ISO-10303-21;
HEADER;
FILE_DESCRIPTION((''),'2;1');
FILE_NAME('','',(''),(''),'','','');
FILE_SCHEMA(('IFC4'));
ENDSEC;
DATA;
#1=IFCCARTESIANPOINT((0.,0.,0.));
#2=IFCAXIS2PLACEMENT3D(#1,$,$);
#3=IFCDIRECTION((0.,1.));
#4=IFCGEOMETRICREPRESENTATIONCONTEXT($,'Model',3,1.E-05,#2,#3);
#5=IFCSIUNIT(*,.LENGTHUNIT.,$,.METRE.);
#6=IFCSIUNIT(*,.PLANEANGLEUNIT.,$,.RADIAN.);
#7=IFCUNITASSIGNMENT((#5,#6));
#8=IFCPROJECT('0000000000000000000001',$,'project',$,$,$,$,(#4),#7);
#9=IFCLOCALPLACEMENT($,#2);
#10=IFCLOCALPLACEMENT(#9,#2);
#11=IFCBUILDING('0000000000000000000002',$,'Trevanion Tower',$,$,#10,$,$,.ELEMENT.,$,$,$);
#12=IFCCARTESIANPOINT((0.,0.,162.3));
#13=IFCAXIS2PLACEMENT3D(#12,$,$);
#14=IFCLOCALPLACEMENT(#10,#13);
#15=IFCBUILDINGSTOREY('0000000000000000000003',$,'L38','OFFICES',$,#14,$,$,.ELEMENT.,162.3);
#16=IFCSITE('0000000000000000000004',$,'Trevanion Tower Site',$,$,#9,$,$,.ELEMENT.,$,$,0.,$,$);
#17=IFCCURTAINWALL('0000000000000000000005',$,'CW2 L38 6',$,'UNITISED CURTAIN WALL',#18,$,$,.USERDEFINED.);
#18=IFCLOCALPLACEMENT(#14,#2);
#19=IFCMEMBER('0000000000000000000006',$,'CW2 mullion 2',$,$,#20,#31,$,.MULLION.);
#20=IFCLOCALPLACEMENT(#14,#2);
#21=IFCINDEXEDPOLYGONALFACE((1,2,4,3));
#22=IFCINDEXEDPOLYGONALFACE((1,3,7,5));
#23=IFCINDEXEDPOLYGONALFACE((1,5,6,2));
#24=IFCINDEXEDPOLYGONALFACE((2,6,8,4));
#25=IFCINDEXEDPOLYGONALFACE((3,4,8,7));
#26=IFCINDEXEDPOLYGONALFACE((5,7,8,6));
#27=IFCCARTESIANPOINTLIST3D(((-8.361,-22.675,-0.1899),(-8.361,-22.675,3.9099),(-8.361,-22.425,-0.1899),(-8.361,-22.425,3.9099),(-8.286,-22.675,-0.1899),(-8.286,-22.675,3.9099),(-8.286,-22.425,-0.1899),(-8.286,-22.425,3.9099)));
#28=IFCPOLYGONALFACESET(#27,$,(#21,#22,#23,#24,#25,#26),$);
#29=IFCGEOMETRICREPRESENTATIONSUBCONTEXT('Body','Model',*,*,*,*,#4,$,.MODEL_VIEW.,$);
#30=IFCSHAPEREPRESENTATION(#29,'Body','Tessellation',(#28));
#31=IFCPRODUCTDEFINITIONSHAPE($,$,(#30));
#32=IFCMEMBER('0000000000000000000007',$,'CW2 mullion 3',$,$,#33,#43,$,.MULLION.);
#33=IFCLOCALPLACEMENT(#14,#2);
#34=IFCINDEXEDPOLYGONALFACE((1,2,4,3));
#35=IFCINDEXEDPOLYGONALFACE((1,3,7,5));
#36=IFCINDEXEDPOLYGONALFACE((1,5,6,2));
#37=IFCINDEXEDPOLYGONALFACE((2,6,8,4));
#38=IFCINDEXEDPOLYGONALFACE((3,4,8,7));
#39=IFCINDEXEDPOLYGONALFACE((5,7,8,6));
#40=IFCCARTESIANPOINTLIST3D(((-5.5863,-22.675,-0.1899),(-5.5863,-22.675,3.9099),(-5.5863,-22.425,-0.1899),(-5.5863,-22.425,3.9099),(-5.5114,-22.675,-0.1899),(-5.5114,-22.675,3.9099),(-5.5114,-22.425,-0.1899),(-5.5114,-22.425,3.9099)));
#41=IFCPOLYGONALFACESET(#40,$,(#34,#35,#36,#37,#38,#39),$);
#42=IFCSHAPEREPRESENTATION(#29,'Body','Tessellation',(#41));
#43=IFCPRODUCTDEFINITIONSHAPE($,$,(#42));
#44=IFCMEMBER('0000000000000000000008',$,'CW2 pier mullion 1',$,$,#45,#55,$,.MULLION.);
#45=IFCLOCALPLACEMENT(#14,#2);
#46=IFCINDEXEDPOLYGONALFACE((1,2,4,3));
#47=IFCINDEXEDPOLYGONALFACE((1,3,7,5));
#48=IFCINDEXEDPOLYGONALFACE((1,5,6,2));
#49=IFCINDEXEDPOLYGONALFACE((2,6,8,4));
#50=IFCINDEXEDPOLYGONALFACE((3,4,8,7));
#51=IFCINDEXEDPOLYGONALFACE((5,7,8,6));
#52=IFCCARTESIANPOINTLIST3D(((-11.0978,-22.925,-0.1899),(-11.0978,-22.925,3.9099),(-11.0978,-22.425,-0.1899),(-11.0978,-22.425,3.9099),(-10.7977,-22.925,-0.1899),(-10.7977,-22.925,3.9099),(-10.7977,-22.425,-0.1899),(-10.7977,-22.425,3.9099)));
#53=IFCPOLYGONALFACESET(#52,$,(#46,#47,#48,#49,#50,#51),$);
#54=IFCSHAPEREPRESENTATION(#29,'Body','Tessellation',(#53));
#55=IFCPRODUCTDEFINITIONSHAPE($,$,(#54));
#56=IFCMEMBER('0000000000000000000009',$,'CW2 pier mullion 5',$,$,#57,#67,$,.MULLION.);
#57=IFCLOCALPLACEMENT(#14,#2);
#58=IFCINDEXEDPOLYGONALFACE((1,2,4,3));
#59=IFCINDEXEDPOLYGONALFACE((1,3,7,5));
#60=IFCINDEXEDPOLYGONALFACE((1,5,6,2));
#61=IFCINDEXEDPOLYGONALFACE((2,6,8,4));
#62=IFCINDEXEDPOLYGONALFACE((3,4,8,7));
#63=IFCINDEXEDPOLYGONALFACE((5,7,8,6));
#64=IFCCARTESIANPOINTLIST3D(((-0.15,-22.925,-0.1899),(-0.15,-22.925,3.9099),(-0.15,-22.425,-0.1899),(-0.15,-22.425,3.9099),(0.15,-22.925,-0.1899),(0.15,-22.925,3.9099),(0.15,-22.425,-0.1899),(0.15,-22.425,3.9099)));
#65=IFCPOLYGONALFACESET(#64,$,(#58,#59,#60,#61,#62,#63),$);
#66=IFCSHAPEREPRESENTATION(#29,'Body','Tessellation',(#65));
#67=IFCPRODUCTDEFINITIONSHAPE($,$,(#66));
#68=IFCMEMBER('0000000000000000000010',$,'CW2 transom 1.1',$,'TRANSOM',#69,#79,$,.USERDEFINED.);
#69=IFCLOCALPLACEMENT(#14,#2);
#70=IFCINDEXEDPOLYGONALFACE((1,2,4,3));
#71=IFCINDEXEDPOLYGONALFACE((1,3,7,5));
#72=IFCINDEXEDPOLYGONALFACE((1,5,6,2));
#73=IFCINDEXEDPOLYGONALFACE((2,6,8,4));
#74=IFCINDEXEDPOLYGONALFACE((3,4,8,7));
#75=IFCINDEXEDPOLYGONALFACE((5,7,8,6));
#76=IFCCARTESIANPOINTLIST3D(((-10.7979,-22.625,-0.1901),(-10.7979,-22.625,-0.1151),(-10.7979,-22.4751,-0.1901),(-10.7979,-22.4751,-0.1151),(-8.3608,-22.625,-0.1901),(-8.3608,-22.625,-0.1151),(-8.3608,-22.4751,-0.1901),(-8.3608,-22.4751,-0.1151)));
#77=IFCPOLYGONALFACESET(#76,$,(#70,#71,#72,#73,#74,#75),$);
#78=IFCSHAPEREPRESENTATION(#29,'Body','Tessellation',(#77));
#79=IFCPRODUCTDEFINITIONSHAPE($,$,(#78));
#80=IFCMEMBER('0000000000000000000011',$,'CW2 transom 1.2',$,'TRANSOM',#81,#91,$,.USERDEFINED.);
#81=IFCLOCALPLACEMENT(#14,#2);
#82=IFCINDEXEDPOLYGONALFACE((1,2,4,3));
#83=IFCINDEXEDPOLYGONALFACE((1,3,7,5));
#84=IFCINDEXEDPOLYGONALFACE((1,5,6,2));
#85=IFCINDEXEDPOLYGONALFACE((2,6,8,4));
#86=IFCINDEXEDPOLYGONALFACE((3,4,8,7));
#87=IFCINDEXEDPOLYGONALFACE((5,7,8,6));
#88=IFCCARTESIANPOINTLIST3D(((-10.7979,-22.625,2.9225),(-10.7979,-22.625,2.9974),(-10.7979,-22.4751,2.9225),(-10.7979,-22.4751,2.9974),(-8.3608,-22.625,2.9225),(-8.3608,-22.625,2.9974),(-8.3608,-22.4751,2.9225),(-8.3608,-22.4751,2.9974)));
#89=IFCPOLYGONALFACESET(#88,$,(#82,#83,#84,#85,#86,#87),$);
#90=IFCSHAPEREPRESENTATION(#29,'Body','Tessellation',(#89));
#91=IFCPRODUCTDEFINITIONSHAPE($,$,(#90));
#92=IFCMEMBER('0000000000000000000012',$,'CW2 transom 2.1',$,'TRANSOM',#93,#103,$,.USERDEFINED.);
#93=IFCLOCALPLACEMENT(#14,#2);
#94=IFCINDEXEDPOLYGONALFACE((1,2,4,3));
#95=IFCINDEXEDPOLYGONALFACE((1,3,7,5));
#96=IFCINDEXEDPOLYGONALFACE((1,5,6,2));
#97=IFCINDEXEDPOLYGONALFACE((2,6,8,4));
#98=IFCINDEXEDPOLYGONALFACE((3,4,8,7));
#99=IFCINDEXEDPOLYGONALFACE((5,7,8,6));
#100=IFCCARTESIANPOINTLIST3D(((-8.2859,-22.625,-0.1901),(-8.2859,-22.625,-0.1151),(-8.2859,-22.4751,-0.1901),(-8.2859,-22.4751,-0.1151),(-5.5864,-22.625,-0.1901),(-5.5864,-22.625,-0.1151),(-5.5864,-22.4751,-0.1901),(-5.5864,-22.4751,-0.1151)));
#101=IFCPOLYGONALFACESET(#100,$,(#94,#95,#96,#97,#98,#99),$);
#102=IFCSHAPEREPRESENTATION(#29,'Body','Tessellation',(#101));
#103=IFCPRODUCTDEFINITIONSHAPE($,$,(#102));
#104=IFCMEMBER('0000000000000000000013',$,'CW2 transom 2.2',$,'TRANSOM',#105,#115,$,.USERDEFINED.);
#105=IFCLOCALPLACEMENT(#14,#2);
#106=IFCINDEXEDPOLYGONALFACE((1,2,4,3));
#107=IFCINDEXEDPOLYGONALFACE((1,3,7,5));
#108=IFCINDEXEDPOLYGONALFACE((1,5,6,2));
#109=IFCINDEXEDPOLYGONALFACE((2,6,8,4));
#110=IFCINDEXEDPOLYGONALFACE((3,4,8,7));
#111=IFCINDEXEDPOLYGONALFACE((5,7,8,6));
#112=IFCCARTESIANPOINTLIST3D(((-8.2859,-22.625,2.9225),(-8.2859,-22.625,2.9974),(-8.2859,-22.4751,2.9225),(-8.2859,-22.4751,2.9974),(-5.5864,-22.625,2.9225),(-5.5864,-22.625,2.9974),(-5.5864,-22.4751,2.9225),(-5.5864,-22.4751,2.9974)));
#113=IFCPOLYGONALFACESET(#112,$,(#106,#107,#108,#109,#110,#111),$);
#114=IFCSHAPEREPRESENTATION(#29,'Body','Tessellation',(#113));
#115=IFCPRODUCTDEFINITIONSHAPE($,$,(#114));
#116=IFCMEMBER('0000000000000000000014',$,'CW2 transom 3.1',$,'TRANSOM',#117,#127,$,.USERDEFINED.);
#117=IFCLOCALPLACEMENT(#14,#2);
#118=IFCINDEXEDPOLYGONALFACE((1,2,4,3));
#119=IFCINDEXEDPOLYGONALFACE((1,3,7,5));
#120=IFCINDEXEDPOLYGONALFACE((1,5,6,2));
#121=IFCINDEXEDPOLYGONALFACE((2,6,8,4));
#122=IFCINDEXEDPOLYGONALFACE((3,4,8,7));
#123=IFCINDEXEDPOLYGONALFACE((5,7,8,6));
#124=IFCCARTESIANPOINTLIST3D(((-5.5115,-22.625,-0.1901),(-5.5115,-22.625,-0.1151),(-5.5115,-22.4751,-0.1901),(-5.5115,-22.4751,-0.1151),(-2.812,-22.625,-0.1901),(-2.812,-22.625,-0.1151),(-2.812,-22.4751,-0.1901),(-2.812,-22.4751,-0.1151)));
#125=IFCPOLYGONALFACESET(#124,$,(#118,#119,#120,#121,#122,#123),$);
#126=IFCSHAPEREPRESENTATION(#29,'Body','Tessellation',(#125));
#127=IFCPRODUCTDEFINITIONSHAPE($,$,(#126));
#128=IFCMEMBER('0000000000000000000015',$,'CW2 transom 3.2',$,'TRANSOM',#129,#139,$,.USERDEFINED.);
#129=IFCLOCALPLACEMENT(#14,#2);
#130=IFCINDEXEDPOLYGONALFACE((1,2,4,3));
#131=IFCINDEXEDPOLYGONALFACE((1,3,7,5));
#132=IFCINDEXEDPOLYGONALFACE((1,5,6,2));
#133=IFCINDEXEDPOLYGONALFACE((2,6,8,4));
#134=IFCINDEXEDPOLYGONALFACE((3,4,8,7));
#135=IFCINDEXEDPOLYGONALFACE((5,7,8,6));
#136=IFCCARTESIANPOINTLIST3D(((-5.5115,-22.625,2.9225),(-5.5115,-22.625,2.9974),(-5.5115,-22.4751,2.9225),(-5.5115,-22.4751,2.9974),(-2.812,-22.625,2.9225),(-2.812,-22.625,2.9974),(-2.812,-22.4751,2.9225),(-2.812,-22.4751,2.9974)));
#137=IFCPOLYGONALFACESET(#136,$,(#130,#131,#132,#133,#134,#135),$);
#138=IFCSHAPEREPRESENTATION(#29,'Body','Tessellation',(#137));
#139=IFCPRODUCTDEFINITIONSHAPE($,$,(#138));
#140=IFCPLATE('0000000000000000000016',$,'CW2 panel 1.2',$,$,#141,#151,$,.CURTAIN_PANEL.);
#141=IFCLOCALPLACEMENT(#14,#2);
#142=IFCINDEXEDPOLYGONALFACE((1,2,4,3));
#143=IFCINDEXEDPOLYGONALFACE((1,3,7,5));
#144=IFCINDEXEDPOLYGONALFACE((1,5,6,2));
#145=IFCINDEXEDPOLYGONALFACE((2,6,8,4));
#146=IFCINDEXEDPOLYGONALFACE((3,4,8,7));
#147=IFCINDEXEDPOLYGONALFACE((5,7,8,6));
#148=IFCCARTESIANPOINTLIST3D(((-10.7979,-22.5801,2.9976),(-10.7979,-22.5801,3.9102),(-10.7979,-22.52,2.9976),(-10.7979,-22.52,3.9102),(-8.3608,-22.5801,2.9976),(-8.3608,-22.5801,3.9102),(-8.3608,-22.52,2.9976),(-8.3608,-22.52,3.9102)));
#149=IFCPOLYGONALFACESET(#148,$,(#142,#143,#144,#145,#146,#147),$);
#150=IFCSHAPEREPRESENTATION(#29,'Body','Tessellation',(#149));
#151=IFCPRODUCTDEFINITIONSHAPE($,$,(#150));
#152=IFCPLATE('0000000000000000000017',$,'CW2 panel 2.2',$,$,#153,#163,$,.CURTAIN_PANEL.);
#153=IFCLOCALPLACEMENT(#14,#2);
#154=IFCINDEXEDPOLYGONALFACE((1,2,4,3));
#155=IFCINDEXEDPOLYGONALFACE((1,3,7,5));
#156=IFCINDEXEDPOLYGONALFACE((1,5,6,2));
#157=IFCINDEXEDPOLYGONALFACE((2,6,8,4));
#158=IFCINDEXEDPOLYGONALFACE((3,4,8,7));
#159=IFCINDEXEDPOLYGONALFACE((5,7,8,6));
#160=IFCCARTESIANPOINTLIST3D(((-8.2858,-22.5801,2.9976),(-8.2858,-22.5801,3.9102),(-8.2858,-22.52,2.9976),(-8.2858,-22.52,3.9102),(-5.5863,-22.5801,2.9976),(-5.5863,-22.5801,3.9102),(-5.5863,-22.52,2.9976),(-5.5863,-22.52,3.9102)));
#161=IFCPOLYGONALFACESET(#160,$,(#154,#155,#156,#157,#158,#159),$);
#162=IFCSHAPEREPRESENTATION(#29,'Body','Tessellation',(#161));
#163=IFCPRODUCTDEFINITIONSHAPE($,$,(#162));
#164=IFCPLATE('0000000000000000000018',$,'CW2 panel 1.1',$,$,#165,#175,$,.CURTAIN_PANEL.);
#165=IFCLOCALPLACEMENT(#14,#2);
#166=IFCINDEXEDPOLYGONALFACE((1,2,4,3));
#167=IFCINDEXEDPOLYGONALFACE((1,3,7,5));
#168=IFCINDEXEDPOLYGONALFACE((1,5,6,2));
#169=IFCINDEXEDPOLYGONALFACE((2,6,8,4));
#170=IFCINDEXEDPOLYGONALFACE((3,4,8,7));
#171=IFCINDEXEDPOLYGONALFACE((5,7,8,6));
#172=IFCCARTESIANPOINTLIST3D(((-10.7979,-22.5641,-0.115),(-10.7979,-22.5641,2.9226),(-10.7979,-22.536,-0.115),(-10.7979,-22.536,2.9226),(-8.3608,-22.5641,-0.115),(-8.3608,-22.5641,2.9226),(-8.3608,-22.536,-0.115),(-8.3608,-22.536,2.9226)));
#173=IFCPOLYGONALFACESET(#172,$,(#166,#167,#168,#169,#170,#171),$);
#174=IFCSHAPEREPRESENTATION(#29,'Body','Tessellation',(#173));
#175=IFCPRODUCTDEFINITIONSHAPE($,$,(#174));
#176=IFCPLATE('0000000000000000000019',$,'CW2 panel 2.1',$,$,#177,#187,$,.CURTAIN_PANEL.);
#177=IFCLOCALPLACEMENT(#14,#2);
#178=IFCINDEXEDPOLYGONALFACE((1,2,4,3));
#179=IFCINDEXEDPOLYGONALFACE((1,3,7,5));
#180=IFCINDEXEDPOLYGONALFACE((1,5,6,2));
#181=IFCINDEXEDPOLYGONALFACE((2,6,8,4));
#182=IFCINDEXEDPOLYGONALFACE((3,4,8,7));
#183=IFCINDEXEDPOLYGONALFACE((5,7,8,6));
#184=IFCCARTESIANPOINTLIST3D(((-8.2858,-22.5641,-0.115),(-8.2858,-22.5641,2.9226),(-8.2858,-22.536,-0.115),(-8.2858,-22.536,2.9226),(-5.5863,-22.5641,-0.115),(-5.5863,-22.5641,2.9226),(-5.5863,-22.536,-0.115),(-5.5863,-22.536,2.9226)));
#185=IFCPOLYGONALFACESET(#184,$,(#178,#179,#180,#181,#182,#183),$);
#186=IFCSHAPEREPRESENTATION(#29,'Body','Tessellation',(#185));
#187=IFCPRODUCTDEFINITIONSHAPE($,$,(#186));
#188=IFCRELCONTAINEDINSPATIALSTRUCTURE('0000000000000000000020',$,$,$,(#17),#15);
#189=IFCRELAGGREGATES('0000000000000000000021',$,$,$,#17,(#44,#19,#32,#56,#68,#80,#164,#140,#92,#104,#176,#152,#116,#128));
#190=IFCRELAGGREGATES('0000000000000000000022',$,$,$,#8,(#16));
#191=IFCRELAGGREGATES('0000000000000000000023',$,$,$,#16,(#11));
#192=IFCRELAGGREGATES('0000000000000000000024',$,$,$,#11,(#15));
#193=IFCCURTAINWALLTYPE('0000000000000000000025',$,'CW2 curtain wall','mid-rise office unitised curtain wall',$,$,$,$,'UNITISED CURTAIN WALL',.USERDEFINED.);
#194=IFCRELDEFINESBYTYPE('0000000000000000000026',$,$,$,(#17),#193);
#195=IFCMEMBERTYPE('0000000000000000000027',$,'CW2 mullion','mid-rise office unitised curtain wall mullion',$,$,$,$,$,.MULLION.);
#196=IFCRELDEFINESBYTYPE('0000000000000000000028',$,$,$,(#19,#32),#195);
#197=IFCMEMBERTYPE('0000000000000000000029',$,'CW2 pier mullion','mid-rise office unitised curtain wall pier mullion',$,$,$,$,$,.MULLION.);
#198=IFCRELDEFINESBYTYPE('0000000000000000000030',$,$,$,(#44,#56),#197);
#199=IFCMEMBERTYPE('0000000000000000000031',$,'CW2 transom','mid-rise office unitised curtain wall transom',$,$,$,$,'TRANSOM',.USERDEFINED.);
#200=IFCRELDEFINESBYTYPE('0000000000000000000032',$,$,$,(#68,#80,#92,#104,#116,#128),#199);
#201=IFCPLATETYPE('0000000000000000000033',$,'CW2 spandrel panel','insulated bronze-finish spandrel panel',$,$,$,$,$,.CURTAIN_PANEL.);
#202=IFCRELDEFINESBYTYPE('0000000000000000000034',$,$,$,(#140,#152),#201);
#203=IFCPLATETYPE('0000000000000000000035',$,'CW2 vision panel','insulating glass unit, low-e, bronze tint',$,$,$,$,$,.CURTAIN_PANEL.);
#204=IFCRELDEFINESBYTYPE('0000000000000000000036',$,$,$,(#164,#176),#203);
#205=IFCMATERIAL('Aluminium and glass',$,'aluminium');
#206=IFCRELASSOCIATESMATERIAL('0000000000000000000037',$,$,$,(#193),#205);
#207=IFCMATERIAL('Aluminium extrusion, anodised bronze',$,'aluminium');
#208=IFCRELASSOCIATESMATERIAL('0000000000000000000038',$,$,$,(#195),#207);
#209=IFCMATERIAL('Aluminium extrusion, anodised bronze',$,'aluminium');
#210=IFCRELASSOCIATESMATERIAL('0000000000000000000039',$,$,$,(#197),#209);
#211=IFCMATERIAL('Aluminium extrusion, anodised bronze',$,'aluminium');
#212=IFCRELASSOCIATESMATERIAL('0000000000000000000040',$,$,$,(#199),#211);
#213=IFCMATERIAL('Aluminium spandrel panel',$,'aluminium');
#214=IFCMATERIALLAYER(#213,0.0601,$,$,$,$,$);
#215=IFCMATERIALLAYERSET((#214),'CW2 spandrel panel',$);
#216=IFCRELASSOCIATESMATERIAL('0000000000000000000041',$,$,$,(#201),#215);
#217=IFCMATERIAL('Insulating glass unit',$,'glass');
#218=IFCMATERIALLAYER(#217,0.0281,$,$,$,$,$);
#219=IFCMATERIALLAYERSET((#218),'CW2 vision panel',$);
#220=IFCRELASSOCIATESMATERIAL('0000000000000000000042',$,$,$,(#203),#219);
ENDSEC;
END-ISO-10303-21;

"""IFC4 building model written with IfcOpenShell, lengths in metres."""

from ifc_helpers import new_model, si_unit, direction, frame, origin, origin_2d, place, context, subcontext, project, spatial, rectangle, extrude, material, layer, layer_set, material_profile, profile_set, type_object, element, aggregate, save


model = new_model("IFC4")

# Units and contexts
model_context = context("Model", 3, precision=1e-05, world=origin(), true_north=direction((0.0, 1.0)))
body_context = subcontext(model_context, "Body", "Model", "MODEL_VIEW")
ifc_project = project(units=[si_unit("LENGTHUNIT", "METRE"), si_unit("PLANEANGLEUNIT", "RADIAN")], contexts=[model_context])

# Site, building, storey
site_placement = place(None, origin())
site = spatial("IfcSite", under=ifc_project, at=site_placement, Name="Trevanion Tower Site", CompositionType="ELEMENT", RefElevation=0.0)
building_placement = place(site_placement, origin())
building = spatial("IfcBuilding", under=site, at=building_placement, Name="Trevanion Tower", CompositionType="ELEMENT")
storey_placement = place(building_placement, frame((0.0, 0.0, 162.3)))
storey = spatial("IfcBuildingStorey", under=building, at=storey_placement, Name="L38", Description="OFFICES", CompositionType="ELEMENT", Elevation=162.3)

# Curtain wall, members, plates
ifc_material_1 = material(Name="Aluminium and glass", Category="aluminium")
curtain_wall_type = type_object("IfcCurtainWallType", Name="CW2 curtain wall", Description="mid-rise office unitised curtain wall", ElementType="UNITISED CURTAIN WALL", PredefinedType="USERDEFINED", material=ifc_material_1)
curtain_wall_placement = place(storey_placement, origin())
curtain_wall = element("IfcCurtainWall", 1, at=curtain_wall_placement, inside=storey, type_object=curtain_wall_type, Name="CW2 L38 6", ObjectType="UNITISED CURTAIN WALL", PredefinedType="USERDEFINED")
ifc_material_2 = material(Name="Aluminium extrusion, anodised bronze", Category="aluminium")
ifc_material_profile_1 = material_profile(ifc_material_2, rectangle(XDim=0.075, YDim=0.25, at=origin_2d()), Name="CW2 mullion")
ifc_profile_set_1 = profile_set([ifc_material_profile_1], Name="Aluminium extrusion, anodised bronze")
member_type_1 = type_object("IfcMemberType", Name="CW2 mullion", Description="mid-rise office unitised curtain wall mullion", PredefinedType="MULLION", material=ifc_profile_set_1)
member_1_placement = place(storey_placement, frame((-8.3235, -22.55, -0.1899), z_axis=(0.0, 0.0, 1.0), x_axis=(1.0, 0.0, 0.0)))
member_1 = element("IfcMember", 2, at=member_1_placement, type_object=member_type_1, Name="CW2 mullion 2", PredefinedType="MULLION", context=body_context, shape_type="SweptSolid", body=[
    extrude(rectangle(XDim=0.075, YDim=0.25, at=origin_2d()), origin(), (0.0, 0.0, 1.0), 4.0999),
])
member_2_placement = place(storey_placement, frame((-5.5488, -22.55, -0.1899), z_axis=(0.0, 0.0, 1.0), x_axis=(1.0, 0.0, 0.0)))
member_2 = element("IfcMember", 3, at=member_2_placement, type_object=member_type_1, Name="CW2 mullion 3", PredefinedType="MULLION", context=body_context, shape_type="SweptSolid", body=[
    extrude(rectangle(XDim=0.075, YDim=0.25, at=origin_2d()), origin(), (0.0, 0.0, 1.0), 4.0999),
])
ifc_material_3 = material(Name="Aluminium extrusion, anodised bronze", Category="aluminium")
ifc_material_profile_2 = material_profile(ifc_material_3, rectangle(XDim=0.3, YDim=0.5, at=origin_2d()), Name="CW2 pier mullion")
ifc_profile_set_2 = profile_set([ifc_material_profile_2], Name="Aluminium extrusion, anodised bronze")
member_type_2 = type_object("IfcMemberType", Name="CW2 pier mullion", Description="mid-rise office unitised curtain wall pier mullion", PredefinedType="MULLION", material=ifc_profile_set_2)
member_3_placement = place(storey_placement, frame((-10.9478, -22.675, -0.1899), z_axis=(0.0, 0.0, 1.0), x_axis=(1.0, 0.0, 0.0)))
member_3 = element("IfcMember", 4, at=member_3_placement, type_object=member_type_2, Name="CW2 pier mullion 1", PredefinedType="MULLION", context=body_context, shape_type="SweptSolid", body=[
    extrude(rectangle(XDim=0.3, YDim=0.5, at=origin_2d()), origin(), (0.0, 0.0, 1.0), 4.0999),
])
member_4_placement = place(storey_placement, frame((0.0, -22.675, -0.1899), z_axis=(0.0, 0.0, 1.0), x_axis=(1.0, 0.0, 0.0)))
member_4 = element("IfcMember", 5, at=member_4_placement, type_object=member_type_2, Name="CW2 pier mullion 5", PredefinedType="MULLION", context=body_context, shape_type="SweptSolid", body=[
    extrude(rectangle(XDim=0.3, YDim=0.5, at=origin_2d()), origin(), (0.0, 0.0, 1.0), 4.0999),
])
ifc_material_4 = material(Name="Aluminium extrusion, anodised bronze", Category="aluminium")
ifc_material_profile_3 = material_profile(ifc_material_4, rectangle(XDim=0.1499, YDim=0.075, at=origin_2d()), Name="CW2 transom")
ifc_profile_set_3 = profile_set([ifc_material_profile_3], Name="Aluminium extrusion, anodised bronze")
member_type_3 = type_object("IfcMemberType", Name="CW2 transom", Description="mid-rise office unitised curtain wall transom", ElementType="TRANSOM", PredefinedType="USERDEFINED", material=ifc_profile_set_3)
member_5_placement = place(storey_placement, frame((-10.7979, -22.55, -0.1526), z_axis=(1.0, 0.0, 0.0), x_axis=(0.0, 1.0, 0.0)))
member_5 = element("IfcMember", 6, at=member_5_placement, type_object=member_type_3, Name="CW2 transom 1.1", ObjectType="TRANSOM", PredefinedType="USERDEFINED", context=body_context, shape_type="SweptSolid", body=[
    extrude(rectangle(XDim=0.1499, YDim=0.075, at=origin_2d()), origin(), (0.0, 0.0, 1.0), 2.437),
])
member_6_placement = place(storey_placement, frame((-10.7979, -22.55, 2.96), z_axis=(1.0, 0.0, 0.0), x_axis=(0.0, 1.0, 0.0)))
member_6 = element("IfcMember", 7, at=member_6_placement, type_object=member_type_3, Name="CW2 transom 1.2", ObjectType="TRANSOM", PredefinedType="USERDEFINED", context=body_context, shape_type="SweptSolid", body=[
    extrude(rectangle(XDim=0.1499, YDim=0.075, at=origin_2d()), origin(), (0.0, 0.0, 1.0), 2.437),
])
member_7_placement = place(storey_placement, frame((-8.2859, -22.55, -0.1526), z_axis=(1.0, 0.0, 0.0), x_axis=(0.0, 1.0, 0.0)))
member_7 = element("IfcMember", 8, at=member_7_placement, type_object=member_type_3, Name="CW2 transom 2.1", ObjectType="TRANSOM", PredefinedType="USERDEFINED", context=body_context, shape_type="SweptSolid", body=[
    extrude(rectangle(XDim=0.1499, YDim=0.075, at=origin_2d()), origin(), (0.0, 0.0, 1.0), 2.6995),
])
member_8_placement = place(storey_placement, frame((-8.2859, -22.55, 2.96), z_axis=(1.0, 0.0, 0.0), x_axis=(0.0, 1.0, 0.0)))
member_8 = element("IfcMember", 9, at=member_8_placement, type_object=member_type_3, Name="CW2 transom 2.2", ObjectType="TRANSOM", PredefinedType="USERDEFINED", context=body_context, shape_type="SweptSolid", body=[
    extrude(rectangle(XDim=0.1499, YDim=0.075, at=origin_2d()), origin(), (0.0, 0.0, 1.0), 2.6995),
])
member_9_placement = place(storey_placement, frame((-5.5115, -22.55, -0.1526), z_axis=(1.0, 0.0, 0.0), x_axis=(0.0, 1.0, 0.0)))
member_9 = element("IfcMember", 10, at=member_9_placement, type_object=member_type_3, Name="CW2 transom 3.1", ObjectType="TRANSOM", PredefinedType="USERDEFINED", context=body_context, shape_type="SweptSolid", body=[
    extrude(rectangle(XDim=0.1499, YDim=0.075, at=origin_2d()), origin(), (0.0, 0.0, 1.0), 2.6995),
])
member_10_placement = place(storey_placement, frame((-5.5115, -22.55, 2.96), z_axis=(1.0, 0.0, 0.0), x_axis=(0.0, 1.0, 0.0)))
member_10 = element("IfcMember", 11, at=member_10_placement, type_object=member_type_3, Name="CW2 transom 3.2", ObjectType="TRANSOM", PredefinedType="USERDEFINED", context=body_context, shape_type="SweptSolid", body=[
    extrude(rectangle(XDim=0.1499, YDim=0.075, at=origin_2d()), origin(), (0.0, 0.0, 1.0), 2.6995),
])
ifc_material_5 = material(Name="Aluminium spandrel panel", Category="aluminium")
ifc_layer_1 = layer(ifc_material_5, 0.0601)
ifc_layer_set_1 = layer_set([ifc_layer_1], Name="CW2 spandrel panel")
plate_type_1 = type_object("IfcPlateType", Name="CW2 spandrel panel", Description="insulated bronze-finish spandrel panel", PredefinedType="CURTAIN_PANEL", material=ifc_layer_set_1)
plate_1_placement = place(storey_placement, frame((-9.5793, -22.55, 2.9976), z_axis=(0.0, 0.0, 1.0), x_axis=(1.0, 0.0, 0.0)))
plate_1 = element("IfcPlate", 12, at=plate_1_placement, type_object=plate_type_1, Name="CW2 panel 1.2", PredefinedType="CURTAIN_PANEL", context=body_context, shape_type="SweptSolid", body=[
    extrude(rectangle(XDim=2.437, YDim=0.0601, at=origin_2d()), origin(), (0.0, 0.0, 1.0), 0.9126),
])
plate_2_placement = place(storey_placement, frame((-6.936, -22.55, 2.9976), z_axis=(0.0, 0.0, 1.0), x_axis=(1.0, 0.0, 0.0)))
plate_2 = element("IfcPlate", 13, at=plate_2_placement, type_object=plate_type_1, Name="CW2 panel 2.2", PredefinedType="CURTAIN_PANEL", context=body_context, shape_type="SweptSolid", body=[
    extrude(rectangle(XDim=2.6995, YDim=0.0601, at=origin_2d()), origin(), (0.0, 0.0, 1.0), 0.9126),
])
ifc_material_6 = material(Name="Insulating glass unit", Category="glass")
ifc_layer_2 = layer(ifc_material_6, 0.0281)
ifc_layer_set_2 = layer_set([ifc_layer_2], Name="CW2 vision panel")
plate_type_2 = type_object("IfcPlateType", Name="CW2 vision panel", Description="insulating glass unit, low-e, bronze tint", PredefinedType="CURTAIN_PANEL", material=ifc_layer_set_2)
plate_3_placement = place(storey_placement, frame((-9.5793, -22.55, -0.115), z_axis=(0.0, 0.0, 1.0), x_axis=(1.0, 0.0, 0.0)))
plate_3 = element("IfcPlate", 14, at=plate_3_placement, type_object=plate_type_2, Name="CW2 panel 1.1", PredefinedType="CURTAIN_PANEL", context=body_context, shape_type="SweptSolid", body=[
    extrude(rectangle(XDim=2.437, YDim=0.0281, at=origin_2d()), origin(), (0.0, 0.0, 1.0), 3.0376),
])
plate_4_placement = place(storey_placement, frame((-6.936, -22.55, -0.115), z_axis=(0.0, 0.0, 1.0), x_axis=(1.0, 0.0, 0.0)))
plate_4 = element("IfcPlate", 15, at=plate_4_placement, type_object=plate_type_2, Name="CW2 panel 2.1", PredefinedType="CURTAIN_PANEL", context=body_context, shape_type="SweptSolid", body=[
    extrude(rectangle(XDim=2.6995, YDim=0.0281, at=origin_2d()), origin(), (0.0, 0.0, 1.0), 3.0376),
])
aggregate(curtain_wall, [member_3, member_1, member_2, member_4, member_5, member_6, plate_3, plate_1, member_7, member_8, plate_4, plate_2, member_9, member_10])

save(model, "model.ifc")
